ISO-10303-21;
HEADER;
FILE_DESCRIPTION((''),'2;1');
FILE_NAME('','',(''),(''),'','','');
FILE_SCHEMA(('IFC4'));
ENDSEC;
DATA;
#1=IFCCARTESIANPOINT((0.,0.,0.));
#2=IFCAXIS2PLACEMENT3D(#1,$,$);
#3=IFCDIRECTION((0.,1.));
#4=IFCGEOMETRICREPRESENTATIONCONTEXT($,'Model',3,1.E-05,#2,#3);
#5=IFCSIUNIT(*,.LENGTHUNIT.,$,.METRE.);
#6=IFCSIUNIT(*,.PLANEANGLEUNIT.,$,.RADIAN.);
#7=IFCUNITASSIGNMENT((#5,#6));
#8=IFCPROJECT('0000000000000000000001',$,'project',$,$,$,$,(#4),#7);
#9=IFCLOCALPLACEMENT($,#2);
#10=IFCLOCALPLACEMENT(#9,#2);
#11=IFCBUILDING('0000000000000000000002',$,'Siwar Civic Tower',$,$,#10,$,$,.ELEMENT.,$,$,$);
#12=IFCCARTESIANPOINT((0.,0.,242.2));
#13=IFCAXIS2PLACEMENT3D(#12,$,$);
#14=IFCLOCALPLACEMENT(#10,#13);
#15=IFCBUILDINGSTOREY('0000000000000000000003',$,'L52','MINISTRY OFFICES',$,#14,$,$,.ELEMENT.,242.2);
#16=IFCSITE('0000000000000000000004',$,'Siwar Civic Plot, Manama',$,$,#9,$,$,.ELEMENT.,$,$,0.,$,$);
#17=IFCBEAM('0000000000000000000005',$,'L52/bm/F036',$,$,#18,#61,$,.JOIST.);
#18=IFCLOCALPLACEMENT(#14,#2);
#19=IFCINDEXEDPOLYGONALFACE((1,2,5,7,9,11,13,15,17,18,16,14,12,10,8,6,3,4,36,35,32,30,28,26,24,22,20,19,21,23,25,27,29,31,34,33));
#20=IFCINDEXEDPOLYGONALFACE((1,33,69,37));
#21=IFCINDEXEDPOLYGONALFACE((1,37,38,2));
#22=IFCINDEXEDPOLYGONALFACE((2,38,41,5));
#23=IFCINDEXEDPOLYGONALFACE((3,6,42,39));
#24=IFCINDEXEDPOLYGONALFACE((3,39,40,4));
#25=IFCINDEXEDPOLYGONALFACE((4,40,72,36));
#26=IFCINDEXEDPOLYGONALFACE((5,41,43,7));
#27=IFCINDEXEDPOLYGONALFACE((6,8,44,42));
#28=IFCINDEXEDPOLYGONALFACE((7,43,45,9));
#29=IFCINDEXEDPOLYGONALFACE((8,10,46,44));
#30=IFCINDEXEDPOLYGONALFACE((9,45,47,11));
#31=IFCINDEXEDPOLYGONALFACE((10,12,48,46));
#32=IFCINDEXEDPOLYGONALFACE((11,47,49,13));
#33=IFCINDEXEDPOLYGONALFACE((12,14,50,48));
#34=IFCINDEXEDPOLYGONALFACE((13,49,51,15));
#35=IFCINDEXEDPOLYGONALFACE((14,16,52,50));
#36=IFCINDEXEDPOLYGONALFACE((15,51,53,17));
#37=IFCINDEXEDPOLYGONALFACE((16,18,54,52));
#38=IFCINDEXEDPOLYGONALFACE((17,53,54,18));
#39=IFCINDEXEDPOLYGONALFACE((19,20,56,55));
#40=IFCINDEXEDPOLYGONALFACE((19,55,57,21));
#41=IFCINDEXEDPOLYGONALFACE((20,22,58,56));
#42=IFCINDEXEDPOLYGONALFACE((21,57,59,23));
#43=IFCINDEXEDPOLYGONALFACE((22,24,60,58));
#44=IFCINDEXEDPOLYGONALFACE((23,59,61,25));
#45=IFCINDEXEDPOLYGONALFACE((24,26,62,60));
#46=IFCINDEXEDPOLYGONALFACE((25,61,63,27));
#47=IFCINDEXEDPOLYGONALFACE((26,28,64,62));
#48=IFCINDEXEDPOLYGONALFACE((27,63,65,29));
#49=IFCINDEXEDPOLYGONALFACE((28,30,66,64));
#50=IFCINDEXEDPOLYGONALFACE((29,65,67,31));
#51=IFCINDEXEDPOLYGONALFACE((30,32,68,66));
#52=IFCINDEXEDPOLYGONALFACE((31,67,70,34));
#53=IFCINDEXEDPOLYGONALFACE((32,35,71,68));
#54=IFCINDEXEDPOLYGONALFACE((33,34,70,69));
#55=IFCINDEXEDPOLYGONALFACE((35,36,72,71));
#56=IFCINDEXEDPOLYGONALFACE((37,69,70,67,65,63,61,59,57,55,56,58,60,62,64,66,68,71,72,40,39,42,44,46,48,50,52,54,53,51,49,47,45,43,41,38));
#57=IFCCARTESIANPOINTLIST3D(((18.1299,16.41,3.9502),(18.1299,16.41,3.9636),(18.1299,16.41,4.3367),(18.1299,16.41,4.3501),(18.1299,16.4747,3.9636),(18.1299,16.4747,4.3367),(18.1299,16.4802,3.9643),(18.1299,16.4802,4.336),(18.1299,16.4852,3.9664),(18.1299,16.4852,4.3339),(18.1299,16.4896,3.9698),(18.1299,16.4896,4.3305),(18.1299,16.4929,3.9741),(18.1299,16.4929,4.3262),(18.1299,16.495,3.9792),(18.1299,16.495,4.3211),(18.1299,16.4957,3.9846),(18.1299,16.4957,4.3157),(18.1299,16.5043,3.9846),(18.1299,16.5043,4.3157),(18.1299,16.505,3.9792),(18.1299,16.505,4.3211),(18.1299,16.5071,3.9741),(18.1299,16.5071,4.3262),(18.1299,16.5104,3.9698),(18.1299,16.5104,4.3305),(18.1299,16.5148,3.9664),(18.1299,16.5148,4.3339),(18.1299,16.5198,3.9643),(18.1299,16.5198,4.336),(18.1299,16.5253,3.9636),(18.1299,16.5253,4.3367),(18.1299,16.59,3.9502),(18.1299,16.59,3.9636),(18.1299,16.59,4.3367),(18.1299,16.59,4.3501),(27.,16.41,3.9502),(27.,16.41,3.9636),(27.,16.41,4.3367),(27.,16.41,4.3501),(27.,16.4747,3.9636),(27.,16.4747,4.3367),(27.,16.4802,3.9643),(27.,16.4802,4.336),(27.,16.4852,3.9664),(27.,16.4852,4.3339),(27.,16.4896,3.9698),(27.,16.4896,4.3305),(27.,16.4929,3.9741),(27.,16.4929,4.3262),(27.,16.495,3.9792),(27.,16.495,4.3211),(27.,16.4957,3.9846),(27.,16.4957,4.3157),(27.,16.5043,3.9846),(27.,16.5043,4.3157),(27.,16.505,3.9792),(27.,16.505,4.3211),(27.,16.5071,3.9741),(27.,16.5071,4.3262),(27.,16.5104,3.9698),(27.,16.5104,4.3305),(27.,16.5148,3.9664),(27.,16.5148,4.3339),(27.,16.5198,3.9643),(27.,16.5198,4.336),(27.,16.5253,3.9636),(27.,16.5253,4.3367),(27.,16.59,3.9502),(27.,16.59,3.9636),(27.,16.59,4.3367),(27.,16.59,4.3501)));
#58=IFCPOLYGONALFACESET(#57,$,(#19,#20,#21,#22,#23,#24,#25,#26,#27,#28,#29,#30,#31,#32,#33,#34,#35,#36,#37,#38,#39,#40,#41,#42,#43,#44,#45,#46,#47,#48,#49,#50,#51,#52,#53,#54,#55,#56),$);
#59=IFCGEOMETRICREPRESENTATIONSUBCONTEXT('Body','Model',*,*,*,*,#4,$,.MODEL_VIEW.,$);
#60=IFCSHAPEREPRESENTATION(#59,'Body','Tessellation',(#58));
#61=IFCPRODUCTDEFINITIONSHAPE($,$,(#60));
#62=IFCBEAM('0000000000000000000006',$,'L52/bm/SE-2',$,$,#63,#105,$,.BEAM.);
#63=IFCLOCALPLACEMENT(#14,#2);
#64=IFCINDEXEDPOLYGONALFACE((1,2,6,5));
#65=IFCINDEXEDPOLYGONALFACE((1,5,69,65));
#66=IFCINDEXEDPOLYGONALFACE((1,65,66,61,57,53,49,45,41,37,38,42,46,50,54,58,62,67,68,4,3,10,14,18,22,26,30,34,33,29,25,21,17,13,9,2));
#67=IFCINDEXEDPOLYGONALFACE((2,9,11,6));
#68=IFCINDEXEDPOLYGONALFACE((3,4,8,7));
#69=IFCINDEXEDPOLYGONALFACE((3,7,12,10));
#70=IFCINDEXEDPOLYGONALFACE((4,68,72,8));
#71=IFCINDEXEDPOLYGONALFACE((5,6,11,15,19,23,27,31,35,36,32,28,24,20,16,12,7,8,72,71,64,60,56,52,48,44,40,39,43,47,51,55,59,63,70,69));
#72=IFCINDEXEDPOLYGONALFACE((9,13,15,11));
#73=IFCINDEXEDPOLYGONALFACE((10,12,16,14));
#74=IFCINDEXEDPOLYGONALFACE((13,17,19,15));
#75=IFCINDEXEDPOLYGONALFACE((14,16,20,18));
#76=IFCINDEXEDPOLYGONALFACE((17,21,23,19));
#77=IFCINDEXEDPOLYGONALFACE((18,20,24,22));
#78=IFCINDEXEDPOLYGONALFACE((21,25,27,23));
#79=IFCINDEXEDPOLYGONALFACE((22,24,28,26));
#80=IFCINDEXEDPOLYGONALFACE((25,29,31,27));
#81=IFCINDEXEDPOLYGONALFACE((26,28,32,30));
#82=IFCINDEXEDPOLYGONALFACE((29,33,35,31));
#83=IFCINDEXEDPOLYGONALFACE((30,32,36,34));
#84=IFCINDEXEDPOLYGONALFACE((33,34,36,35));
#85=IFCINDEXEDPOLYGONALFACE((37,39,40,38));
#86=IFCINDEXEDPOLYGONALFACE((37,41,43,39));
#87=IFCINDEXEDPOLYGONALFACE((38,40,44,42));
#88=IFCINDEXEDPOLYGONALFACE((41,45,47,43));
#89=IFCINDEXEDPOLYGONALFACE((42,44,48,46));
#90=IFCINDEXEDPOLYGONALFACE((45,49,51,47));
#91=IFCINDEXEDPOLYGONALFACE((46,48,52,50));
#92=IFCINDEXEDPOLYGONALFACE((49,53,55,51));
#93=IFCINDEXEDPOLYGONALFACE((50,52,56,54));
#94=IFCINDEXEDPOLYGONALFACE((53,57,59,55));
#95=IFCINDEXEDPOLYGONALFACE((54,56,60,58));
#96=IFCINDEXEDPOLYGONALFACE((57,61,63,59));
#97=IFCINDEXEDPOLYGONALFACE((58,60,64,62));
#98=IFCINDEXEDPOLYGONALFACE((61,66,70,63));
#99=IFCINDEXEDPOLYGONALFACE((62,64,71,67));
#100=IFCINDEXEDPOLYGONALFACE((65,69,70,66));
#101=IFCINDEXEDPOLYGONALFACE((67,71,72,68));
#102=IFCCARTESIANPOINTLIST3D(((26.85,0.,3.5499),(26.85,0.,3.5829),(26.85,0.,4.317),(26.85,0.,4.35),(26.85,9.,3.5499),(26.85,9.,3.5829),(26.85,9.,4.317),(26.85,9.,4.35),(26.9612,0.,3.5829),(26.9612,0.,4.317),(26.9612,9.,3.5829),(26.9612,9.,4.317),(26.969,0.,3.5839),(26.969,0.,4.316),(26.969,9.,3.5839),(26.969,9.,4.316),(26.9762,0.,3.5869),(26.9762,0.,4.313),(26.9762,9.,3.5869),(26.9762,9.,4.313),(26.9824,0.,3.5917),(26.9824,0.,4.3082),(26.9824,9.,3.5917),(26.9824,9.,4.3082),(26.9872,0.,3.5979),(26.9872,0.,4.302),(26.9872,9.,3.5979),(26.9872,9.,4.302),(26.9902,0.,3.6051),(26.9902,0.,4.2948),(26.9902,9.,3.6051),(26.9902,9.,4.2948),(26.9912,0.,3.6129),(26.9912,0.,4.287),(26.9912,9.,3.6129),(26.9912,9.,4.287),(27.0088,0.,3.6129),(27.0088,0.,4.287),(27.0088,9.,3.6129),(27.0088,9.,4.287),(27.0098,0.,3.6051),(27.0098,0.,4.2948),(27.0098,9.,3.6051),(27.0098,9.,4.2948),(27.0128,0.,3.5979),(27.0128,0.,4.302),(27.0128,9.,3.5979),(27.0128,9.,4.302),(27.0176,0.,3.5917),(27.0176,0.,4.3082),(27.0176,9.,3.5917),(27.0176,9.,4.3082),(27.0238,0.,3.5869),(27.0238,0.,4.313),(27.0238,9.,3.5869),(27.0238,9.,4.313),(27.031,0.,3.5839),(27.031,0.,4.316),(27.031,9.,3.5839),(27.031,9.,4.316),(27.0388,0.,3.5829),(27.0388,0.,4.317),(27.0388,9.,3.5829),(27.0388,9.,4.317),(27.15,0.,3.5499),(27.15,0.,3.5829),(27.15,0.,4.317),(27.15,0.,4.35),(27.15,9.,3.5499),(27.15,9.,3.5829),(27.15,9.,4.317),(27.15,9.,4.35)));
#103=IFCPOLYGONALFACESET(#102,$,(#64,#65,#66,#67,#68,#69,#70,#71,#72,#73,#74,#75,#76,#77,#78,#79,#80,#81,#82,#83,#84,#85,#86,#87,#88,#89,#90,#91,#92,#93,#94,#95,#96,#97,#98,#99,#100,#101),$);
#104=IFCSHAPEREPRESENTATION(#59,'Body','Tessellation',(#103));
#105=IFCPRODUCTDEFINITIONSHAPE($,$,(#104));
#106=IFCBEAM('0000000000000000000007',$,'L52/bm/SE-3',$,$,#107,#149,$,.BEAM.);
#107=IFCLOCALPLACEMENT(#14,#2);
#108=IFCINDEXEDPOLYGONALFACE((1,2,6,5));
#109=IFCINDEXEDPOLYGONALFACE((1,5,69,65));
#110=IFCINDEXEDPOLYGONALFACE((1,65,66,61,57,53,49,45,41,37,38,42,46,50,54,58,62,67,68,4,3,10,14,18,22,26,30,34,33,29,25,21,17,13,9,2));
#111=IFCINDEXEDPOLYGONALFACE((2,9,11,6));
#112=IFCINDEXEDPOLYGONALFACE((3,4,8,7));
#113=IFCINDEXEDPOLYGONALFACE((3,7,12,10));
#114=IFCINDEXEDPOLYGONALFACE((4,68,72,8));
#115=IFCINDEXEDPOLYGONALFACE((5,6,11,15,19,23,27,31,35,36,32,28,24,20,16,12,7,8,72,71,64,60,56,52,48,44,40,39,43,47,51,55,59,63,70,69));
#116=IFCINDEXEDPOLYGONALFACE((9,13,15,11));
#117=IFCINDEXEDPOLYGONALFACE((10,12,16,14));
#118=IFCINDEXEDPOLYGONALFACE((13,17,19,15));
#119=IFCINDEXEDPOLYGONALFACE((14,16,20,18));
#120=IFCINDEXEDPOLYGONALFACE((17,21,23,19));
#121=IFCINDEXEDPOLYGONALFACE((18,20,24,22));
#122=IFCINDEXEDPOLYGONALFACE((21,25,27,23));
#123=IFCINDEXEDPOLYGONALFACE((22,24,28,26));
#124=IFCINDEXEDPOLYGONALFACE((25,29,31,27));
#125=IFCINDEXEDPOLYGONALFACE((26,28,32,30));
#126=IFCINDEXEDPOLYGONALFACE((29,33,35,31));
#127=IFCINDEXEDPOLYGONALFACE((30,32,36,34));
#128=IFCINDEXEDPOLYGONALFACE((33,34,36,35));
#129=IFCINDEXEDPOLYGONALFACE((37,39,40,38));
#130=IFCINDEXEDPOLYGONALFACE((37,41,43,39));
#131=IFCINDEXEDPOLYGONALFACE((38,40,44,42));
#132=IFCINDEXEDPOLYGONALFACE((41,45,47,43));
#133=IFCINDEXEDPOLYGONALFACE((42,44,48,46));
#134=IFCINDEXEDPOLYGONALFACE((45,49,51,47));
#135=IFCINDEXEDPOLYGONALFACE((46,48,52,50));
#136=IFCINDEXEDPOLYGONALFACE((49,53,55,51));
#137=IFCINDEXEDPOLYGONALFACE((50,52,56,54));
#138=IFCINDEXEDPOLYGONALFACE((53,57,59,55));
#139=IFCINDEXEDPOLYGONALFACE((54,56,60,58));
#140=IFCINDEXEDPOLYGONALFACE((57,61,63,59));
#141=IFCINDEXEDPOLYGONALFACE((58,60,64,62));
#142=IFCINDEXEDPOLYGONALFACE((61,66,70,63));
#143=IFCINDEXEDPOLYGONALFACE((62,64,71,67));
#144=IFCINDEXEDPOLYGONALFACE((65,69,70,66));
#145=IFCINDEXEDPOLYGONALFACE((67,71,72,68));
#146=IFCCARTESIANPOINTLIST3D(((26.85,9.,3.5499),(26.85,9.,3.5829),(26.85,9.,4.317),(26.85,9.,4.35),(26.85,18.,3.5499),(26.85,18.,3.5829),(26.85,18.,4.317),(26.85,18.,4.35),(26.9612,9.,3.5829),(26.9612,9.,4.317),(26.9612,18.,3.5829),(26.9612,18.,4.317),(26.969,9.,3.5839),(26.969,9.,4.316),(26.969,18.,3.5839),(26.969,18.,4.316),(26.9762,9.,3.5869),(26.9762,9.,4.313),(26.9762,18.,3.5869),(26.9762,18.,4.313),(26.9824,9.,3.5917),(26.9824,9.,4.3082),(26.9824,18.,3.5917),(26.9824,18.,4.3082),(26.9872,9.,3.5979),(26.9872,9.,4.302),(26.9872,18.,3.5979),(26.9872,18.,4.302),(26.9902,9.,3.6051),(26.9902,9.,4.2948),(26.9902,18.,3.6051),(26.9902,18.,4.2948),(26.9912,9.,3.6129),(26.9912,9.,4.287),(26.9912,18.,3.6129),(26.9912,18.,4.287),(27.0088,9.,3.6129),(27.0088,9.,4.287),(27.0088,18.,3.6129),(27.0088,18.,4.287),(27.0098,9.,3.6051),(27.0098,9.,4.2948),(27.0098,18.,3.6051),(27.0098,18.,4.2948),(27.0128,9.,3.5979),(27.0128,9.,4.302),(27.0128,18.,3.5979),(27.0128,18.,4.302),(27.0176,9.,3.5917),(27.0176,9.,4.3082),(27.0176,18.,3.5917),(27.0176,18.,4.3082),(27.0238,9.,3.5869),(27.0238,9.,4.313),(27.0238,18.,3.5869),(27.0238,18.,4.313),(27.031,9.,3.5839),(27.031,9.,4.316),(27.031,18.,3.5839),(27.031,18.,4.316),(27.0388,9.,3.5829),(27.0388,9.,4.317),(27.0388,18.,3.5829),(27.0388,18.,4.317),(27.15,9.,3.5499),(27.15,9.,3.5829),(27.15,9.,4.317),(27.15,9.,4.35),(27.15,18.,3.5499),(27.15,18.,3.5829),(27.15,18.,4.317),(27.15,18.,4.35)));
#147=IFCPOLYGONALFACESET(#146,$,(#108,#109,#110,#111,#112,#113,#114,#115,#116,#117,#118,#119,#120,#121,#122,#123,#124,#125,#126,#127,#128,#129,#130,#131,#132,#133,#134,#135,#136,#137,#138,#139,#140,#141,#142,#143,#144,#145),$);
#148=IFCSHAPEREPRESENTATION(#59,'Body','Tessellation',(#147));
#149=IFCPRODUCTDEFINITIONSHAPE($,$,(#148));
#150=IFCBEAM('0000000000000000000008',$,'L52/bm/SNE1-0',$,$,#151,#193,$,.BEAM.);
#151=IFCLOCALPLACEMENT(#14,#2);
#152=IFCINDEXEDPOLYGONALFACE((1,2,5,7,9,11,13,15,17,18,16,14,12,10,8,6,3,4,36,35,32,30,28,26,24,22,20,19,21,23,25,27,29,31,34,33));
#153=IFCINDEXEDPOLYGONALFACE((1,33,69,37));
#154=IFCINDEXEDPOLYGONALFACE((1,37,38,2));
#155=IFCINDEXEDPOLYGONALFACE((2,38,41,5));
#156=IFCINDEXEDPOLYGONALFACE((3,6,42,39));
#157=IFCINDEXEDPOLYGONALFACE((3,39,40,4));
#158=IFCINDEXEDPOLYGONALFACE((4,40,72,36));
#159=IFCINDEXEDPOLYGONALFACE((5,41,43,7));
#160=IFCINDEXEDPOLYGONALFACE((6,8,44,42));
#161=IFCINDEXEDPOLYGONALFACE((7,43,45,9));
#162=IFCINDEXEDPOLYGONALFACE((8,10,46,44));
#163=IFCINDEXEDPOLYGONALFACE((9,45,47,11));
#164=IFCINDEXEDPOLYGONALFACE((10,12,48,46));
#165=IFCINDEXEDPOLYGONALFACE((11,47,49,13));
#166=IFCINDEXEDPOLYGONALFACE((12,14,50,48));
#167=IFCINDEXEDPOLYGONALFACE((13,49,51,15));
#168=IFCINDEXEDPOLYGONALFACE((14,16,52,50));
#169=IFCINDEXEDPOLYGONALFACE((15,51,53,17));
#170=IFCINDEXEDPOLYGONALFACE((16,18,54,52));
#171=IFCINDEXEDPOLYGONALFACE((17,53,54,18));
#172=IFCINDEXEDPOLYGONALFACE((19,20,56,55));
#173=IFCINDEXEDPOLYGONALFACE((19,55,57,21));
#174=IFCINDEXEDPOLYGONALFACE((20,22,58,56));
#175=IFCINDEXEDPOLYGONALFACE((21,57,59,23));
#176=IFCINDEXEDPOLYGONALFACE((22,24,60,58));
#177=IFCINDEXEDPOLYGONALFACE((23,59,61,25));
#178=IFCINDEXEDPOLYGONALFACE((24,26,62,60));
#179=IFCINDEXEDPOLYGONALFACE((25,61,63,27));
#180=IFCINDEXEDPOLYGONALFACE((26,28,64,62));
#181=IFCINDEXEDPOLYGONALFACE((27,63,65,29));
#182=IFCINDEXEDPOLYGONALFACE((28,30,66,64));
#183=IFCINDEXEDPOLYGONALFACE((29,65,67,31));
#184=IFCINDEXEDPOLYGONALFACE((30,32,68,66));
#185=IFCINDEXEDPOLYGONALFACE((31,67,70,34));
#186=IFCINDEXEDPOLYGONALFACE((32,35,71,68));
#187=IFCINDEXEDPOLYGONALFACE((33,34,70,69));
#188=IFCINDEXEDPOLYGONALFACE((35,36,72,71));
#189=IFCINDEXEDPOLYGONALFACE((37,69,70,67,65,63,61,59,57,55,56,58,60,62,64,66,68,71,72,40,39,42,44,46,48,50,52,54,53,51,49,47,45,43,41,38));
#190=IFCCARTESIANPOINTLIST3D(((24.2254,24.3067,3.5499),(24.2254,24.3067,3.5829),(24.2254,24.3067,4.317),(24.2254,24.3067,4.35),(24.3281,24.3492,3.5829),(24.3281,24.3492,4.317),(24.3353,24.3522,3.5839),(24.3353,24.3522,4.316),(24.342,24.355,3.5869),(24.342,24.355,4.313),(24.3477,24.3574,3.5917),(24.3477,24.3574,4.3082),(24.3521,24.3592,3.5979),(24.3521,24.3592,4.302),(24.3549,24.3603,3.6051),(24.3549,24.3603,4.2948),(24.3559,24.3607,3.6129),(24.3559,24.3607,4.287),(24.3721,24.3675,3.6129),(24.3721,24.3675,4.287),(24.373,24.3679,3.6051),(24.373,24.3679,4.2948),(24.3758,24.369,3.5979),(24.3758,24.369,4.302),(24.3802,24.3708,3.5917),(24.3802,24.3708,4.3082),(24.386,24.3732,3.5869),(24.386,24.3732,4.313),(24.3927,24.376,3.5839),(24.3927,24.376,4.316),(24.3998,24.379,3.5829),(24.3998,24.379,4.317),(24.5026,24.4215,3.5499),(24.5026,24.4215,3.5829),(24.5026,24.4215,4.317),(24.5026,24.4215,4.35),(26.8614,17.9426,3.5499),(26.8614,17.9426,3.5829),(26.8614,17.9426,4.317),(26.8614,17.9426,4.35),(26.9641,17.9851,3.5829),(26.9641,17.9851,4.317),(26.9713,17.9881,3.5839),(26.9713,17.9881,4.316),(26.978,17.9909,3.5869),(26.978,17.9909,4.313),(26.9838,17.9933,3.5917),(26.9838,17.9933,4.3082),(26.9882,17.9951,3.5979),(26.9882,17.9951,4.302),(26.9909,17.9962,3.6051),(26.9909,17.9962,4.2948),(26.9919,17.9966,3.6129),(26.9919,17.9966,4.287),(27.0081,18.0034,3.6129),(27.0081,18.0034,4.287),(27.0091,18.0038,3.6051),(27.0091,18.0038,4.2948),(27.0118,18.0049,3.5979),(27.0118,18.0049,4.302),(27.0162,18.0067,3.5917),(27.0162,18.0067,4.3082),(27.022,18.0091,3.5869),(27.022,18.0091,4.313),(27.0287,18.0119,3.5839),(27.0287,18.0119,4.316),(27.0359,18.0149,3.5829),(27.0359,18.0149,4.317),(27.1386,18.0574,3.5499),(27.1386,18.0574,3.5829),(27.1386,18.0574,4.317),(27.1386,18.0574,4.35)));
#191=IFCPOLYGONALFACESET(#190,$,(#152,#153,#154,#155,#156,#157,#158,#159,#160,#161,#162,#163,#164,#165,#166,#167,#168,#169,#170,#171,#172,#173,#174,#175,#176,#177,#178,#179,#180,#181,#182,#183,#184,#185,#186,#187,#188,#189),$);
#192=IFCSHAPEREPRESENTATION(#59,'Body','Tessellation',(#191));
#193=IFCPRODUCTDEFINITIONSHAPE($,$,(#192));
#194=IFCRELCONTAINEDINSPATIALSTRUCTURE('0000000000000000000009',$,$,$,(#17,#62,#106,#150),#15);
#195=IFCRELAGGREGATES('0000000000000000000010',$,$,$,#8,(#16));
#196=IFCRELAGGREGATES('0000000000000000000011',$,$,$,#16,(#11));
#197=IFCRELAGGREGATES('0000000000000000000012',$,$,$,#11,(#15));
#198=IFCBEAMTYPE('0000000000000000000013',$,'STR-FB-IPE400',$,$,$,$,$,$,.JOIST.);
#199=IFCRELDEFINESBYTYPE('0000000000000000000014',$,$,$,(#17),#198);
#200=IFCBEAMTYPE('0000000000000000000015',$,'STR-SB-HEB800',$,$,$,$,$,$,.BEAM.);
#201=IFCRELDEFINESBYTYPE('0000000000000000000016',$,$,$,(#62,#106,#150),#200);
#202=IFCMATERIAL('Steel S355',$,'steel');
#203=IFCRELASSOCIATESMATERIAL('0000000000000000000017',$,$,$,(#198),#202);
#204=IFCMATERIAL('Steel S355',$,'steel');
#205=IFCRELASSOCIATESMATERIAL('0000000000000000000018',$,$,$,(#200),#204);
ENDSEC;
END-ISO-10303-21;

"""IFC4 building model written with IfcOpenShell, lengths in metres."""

from ifc_helpers import new_model, si_unit, direction, frame, origin, origin_2d, place, context, subcontext, project, spatial, i_section, extrude, material, material_profile, profile_set, type_object, element, save


model = new_model("IFC4")

# Units and contexts
model_context = context("Model", 3, precision=1e-05, world=origin(), true_north=direction((0.0, 1.0)))
body_context = subcontext(model_context, "Body", "Model", "MODEL_VIEW")
ifc_project = project(units=[si_unit("LENGTHUNIT", "METRE"), si_unit("PLANEANGLEUNIT", "RADIAN")], contexts=[model_context])

# Site, building, storey
site_placement = place(None, origin())
site = spatial("IfcSite", under=ifc_project, at=site_placement, Name="Siwar Civic Plot, Manama", CompositionType="ELEMENT", RefElevation=0.0)
building_placement = place(site_placement, origin())
building = spatial("IfcBuilding", under=site, at=building_placement, Name="Siwar Civic Tower", CompositionType="ELEMENT")
storey_placement = place(building_placement, frame((0.0, 0.0, 242.2)))
storey = spatial("IfcBuildingStorey", under=building, at=storey_placement, Name="L52", Description="MINISTRY OFFICES", CompositionType="ELEMENT", Elevation=242.2)

# Beams
ifc_material_1 = material(Name="Steel S355", Category="steel")
ifc_material_profile_1 = material_profile(ifc_material_1, i_section(OverallWidth=0.1799, OverallDepth=0.3999, WebThickness=0.0085, FlangeThickness=0.0134, FilletRadius=0.021, at=origin_2d()), Name="IPE400")
ifc_profile_set_1 = profile_set([ifc_material_profile_1], Name="Steel S355")
beam_type_1 = type_object("IfcBeamType", Name="STR-FB-IPE400", PredefinedType="JOIST", material=ifc_profile_set_1)
beam_1_placement = place(storey_placement, frame((18.1299, 16.5, 4.1501), z_axis=(1.0, 0.0, 0.0), x_axis=(0.0, 1.0, 0.0)))
element("IfcBeam", 1, at=beam_1_placement, inside=storey, type_object=beam_type_1, Name="L52/bm/F036", PredefinedType="JOIST", context=body_context, shape_type="SweptSolid", body=[
    extrude(i_section(OverallWidth=0.1799, OverallDepth=0.3999, WebThickness=0.0085, FlangeThickness=0.0134, FilletRadius=0.021, at=origin_2d()), origin(), (0.0, 0.0, 1.0), 8.8701),
])
ifc_material_2 = material(Name="Steel S355", Category="steel")
ifc_material_profile_2 = material_profile(ifc_material_2, i_section(OverallWidth=0.3, OverallDepth=0.8, WebThickness=0.0176, FlangeThickness=0.033, FilletRadius=0.03, at=origin_2d()), Name="HEB800")
ifc_profile_set_2 = profile_set([ifc_material_profile_2], Name="Steel S355")
beam_type_2 = type_object("IfcBeamType", Name="STR-SB-HEB800", PredefinedType="BEAM", material=ifc_profile_set_2)
for number, where, z_axis, x_axis, name in (
    (2, (27.0, 0.0, 3.95), (0.0, 1.0, 0.0), (-1.0, 0.0, 0.0), "L52/bm/SE-2"),
    (3, (27.0, 9.0, 3.95), (0.0, 1.0, 0.0), (-1.0, 0.0, 0.0), "L52/bm/SE-3"),
):
    element("IfcBeam", number, at=place(storey_placement, frame(where, z_axis=z_axis, x_axis=x_axis)), inside=storey, type_object=beam_type_2, Name=name, PredefinedType="BEAM", context=body_context, shape_type="SweptSolid", body=[
        extrude(i_section(OverallWidth=0.3, OverallDepth=0.8, WebThickness=0.0176, FlangeThickness=0.033, FilletRadius=0.03, at=origin_2d()), origin(), (0.0, 0.0, 1.0), 9.0),
    ])
beam_2_placement = place(storey_placement, frame((27.0, 18.0, 3.95), z_axis=(-0.382674, 0.923883, 0.0), x_axis=(-0.923883, -0.382674, 0.0)))
element("IfcBeam", 4, at=beam_2_placement, inside=storey, type_object=beam_type_2, Name="L52/bm/SNE1-0", PredefinedType="BEAM", context=body_context, shape_type="SweptSolid", body=[
    extrude(i_section(OverallWidth=0.3, OverallDepth=0.8, WebThickness=0.0176, FlangeThickness=0.033, FilletRadius=0.03, at=origin_2d()), origin(), (0.0, 0.0, 1.0), 6.8884),
])

save(model, "model.ifc")
